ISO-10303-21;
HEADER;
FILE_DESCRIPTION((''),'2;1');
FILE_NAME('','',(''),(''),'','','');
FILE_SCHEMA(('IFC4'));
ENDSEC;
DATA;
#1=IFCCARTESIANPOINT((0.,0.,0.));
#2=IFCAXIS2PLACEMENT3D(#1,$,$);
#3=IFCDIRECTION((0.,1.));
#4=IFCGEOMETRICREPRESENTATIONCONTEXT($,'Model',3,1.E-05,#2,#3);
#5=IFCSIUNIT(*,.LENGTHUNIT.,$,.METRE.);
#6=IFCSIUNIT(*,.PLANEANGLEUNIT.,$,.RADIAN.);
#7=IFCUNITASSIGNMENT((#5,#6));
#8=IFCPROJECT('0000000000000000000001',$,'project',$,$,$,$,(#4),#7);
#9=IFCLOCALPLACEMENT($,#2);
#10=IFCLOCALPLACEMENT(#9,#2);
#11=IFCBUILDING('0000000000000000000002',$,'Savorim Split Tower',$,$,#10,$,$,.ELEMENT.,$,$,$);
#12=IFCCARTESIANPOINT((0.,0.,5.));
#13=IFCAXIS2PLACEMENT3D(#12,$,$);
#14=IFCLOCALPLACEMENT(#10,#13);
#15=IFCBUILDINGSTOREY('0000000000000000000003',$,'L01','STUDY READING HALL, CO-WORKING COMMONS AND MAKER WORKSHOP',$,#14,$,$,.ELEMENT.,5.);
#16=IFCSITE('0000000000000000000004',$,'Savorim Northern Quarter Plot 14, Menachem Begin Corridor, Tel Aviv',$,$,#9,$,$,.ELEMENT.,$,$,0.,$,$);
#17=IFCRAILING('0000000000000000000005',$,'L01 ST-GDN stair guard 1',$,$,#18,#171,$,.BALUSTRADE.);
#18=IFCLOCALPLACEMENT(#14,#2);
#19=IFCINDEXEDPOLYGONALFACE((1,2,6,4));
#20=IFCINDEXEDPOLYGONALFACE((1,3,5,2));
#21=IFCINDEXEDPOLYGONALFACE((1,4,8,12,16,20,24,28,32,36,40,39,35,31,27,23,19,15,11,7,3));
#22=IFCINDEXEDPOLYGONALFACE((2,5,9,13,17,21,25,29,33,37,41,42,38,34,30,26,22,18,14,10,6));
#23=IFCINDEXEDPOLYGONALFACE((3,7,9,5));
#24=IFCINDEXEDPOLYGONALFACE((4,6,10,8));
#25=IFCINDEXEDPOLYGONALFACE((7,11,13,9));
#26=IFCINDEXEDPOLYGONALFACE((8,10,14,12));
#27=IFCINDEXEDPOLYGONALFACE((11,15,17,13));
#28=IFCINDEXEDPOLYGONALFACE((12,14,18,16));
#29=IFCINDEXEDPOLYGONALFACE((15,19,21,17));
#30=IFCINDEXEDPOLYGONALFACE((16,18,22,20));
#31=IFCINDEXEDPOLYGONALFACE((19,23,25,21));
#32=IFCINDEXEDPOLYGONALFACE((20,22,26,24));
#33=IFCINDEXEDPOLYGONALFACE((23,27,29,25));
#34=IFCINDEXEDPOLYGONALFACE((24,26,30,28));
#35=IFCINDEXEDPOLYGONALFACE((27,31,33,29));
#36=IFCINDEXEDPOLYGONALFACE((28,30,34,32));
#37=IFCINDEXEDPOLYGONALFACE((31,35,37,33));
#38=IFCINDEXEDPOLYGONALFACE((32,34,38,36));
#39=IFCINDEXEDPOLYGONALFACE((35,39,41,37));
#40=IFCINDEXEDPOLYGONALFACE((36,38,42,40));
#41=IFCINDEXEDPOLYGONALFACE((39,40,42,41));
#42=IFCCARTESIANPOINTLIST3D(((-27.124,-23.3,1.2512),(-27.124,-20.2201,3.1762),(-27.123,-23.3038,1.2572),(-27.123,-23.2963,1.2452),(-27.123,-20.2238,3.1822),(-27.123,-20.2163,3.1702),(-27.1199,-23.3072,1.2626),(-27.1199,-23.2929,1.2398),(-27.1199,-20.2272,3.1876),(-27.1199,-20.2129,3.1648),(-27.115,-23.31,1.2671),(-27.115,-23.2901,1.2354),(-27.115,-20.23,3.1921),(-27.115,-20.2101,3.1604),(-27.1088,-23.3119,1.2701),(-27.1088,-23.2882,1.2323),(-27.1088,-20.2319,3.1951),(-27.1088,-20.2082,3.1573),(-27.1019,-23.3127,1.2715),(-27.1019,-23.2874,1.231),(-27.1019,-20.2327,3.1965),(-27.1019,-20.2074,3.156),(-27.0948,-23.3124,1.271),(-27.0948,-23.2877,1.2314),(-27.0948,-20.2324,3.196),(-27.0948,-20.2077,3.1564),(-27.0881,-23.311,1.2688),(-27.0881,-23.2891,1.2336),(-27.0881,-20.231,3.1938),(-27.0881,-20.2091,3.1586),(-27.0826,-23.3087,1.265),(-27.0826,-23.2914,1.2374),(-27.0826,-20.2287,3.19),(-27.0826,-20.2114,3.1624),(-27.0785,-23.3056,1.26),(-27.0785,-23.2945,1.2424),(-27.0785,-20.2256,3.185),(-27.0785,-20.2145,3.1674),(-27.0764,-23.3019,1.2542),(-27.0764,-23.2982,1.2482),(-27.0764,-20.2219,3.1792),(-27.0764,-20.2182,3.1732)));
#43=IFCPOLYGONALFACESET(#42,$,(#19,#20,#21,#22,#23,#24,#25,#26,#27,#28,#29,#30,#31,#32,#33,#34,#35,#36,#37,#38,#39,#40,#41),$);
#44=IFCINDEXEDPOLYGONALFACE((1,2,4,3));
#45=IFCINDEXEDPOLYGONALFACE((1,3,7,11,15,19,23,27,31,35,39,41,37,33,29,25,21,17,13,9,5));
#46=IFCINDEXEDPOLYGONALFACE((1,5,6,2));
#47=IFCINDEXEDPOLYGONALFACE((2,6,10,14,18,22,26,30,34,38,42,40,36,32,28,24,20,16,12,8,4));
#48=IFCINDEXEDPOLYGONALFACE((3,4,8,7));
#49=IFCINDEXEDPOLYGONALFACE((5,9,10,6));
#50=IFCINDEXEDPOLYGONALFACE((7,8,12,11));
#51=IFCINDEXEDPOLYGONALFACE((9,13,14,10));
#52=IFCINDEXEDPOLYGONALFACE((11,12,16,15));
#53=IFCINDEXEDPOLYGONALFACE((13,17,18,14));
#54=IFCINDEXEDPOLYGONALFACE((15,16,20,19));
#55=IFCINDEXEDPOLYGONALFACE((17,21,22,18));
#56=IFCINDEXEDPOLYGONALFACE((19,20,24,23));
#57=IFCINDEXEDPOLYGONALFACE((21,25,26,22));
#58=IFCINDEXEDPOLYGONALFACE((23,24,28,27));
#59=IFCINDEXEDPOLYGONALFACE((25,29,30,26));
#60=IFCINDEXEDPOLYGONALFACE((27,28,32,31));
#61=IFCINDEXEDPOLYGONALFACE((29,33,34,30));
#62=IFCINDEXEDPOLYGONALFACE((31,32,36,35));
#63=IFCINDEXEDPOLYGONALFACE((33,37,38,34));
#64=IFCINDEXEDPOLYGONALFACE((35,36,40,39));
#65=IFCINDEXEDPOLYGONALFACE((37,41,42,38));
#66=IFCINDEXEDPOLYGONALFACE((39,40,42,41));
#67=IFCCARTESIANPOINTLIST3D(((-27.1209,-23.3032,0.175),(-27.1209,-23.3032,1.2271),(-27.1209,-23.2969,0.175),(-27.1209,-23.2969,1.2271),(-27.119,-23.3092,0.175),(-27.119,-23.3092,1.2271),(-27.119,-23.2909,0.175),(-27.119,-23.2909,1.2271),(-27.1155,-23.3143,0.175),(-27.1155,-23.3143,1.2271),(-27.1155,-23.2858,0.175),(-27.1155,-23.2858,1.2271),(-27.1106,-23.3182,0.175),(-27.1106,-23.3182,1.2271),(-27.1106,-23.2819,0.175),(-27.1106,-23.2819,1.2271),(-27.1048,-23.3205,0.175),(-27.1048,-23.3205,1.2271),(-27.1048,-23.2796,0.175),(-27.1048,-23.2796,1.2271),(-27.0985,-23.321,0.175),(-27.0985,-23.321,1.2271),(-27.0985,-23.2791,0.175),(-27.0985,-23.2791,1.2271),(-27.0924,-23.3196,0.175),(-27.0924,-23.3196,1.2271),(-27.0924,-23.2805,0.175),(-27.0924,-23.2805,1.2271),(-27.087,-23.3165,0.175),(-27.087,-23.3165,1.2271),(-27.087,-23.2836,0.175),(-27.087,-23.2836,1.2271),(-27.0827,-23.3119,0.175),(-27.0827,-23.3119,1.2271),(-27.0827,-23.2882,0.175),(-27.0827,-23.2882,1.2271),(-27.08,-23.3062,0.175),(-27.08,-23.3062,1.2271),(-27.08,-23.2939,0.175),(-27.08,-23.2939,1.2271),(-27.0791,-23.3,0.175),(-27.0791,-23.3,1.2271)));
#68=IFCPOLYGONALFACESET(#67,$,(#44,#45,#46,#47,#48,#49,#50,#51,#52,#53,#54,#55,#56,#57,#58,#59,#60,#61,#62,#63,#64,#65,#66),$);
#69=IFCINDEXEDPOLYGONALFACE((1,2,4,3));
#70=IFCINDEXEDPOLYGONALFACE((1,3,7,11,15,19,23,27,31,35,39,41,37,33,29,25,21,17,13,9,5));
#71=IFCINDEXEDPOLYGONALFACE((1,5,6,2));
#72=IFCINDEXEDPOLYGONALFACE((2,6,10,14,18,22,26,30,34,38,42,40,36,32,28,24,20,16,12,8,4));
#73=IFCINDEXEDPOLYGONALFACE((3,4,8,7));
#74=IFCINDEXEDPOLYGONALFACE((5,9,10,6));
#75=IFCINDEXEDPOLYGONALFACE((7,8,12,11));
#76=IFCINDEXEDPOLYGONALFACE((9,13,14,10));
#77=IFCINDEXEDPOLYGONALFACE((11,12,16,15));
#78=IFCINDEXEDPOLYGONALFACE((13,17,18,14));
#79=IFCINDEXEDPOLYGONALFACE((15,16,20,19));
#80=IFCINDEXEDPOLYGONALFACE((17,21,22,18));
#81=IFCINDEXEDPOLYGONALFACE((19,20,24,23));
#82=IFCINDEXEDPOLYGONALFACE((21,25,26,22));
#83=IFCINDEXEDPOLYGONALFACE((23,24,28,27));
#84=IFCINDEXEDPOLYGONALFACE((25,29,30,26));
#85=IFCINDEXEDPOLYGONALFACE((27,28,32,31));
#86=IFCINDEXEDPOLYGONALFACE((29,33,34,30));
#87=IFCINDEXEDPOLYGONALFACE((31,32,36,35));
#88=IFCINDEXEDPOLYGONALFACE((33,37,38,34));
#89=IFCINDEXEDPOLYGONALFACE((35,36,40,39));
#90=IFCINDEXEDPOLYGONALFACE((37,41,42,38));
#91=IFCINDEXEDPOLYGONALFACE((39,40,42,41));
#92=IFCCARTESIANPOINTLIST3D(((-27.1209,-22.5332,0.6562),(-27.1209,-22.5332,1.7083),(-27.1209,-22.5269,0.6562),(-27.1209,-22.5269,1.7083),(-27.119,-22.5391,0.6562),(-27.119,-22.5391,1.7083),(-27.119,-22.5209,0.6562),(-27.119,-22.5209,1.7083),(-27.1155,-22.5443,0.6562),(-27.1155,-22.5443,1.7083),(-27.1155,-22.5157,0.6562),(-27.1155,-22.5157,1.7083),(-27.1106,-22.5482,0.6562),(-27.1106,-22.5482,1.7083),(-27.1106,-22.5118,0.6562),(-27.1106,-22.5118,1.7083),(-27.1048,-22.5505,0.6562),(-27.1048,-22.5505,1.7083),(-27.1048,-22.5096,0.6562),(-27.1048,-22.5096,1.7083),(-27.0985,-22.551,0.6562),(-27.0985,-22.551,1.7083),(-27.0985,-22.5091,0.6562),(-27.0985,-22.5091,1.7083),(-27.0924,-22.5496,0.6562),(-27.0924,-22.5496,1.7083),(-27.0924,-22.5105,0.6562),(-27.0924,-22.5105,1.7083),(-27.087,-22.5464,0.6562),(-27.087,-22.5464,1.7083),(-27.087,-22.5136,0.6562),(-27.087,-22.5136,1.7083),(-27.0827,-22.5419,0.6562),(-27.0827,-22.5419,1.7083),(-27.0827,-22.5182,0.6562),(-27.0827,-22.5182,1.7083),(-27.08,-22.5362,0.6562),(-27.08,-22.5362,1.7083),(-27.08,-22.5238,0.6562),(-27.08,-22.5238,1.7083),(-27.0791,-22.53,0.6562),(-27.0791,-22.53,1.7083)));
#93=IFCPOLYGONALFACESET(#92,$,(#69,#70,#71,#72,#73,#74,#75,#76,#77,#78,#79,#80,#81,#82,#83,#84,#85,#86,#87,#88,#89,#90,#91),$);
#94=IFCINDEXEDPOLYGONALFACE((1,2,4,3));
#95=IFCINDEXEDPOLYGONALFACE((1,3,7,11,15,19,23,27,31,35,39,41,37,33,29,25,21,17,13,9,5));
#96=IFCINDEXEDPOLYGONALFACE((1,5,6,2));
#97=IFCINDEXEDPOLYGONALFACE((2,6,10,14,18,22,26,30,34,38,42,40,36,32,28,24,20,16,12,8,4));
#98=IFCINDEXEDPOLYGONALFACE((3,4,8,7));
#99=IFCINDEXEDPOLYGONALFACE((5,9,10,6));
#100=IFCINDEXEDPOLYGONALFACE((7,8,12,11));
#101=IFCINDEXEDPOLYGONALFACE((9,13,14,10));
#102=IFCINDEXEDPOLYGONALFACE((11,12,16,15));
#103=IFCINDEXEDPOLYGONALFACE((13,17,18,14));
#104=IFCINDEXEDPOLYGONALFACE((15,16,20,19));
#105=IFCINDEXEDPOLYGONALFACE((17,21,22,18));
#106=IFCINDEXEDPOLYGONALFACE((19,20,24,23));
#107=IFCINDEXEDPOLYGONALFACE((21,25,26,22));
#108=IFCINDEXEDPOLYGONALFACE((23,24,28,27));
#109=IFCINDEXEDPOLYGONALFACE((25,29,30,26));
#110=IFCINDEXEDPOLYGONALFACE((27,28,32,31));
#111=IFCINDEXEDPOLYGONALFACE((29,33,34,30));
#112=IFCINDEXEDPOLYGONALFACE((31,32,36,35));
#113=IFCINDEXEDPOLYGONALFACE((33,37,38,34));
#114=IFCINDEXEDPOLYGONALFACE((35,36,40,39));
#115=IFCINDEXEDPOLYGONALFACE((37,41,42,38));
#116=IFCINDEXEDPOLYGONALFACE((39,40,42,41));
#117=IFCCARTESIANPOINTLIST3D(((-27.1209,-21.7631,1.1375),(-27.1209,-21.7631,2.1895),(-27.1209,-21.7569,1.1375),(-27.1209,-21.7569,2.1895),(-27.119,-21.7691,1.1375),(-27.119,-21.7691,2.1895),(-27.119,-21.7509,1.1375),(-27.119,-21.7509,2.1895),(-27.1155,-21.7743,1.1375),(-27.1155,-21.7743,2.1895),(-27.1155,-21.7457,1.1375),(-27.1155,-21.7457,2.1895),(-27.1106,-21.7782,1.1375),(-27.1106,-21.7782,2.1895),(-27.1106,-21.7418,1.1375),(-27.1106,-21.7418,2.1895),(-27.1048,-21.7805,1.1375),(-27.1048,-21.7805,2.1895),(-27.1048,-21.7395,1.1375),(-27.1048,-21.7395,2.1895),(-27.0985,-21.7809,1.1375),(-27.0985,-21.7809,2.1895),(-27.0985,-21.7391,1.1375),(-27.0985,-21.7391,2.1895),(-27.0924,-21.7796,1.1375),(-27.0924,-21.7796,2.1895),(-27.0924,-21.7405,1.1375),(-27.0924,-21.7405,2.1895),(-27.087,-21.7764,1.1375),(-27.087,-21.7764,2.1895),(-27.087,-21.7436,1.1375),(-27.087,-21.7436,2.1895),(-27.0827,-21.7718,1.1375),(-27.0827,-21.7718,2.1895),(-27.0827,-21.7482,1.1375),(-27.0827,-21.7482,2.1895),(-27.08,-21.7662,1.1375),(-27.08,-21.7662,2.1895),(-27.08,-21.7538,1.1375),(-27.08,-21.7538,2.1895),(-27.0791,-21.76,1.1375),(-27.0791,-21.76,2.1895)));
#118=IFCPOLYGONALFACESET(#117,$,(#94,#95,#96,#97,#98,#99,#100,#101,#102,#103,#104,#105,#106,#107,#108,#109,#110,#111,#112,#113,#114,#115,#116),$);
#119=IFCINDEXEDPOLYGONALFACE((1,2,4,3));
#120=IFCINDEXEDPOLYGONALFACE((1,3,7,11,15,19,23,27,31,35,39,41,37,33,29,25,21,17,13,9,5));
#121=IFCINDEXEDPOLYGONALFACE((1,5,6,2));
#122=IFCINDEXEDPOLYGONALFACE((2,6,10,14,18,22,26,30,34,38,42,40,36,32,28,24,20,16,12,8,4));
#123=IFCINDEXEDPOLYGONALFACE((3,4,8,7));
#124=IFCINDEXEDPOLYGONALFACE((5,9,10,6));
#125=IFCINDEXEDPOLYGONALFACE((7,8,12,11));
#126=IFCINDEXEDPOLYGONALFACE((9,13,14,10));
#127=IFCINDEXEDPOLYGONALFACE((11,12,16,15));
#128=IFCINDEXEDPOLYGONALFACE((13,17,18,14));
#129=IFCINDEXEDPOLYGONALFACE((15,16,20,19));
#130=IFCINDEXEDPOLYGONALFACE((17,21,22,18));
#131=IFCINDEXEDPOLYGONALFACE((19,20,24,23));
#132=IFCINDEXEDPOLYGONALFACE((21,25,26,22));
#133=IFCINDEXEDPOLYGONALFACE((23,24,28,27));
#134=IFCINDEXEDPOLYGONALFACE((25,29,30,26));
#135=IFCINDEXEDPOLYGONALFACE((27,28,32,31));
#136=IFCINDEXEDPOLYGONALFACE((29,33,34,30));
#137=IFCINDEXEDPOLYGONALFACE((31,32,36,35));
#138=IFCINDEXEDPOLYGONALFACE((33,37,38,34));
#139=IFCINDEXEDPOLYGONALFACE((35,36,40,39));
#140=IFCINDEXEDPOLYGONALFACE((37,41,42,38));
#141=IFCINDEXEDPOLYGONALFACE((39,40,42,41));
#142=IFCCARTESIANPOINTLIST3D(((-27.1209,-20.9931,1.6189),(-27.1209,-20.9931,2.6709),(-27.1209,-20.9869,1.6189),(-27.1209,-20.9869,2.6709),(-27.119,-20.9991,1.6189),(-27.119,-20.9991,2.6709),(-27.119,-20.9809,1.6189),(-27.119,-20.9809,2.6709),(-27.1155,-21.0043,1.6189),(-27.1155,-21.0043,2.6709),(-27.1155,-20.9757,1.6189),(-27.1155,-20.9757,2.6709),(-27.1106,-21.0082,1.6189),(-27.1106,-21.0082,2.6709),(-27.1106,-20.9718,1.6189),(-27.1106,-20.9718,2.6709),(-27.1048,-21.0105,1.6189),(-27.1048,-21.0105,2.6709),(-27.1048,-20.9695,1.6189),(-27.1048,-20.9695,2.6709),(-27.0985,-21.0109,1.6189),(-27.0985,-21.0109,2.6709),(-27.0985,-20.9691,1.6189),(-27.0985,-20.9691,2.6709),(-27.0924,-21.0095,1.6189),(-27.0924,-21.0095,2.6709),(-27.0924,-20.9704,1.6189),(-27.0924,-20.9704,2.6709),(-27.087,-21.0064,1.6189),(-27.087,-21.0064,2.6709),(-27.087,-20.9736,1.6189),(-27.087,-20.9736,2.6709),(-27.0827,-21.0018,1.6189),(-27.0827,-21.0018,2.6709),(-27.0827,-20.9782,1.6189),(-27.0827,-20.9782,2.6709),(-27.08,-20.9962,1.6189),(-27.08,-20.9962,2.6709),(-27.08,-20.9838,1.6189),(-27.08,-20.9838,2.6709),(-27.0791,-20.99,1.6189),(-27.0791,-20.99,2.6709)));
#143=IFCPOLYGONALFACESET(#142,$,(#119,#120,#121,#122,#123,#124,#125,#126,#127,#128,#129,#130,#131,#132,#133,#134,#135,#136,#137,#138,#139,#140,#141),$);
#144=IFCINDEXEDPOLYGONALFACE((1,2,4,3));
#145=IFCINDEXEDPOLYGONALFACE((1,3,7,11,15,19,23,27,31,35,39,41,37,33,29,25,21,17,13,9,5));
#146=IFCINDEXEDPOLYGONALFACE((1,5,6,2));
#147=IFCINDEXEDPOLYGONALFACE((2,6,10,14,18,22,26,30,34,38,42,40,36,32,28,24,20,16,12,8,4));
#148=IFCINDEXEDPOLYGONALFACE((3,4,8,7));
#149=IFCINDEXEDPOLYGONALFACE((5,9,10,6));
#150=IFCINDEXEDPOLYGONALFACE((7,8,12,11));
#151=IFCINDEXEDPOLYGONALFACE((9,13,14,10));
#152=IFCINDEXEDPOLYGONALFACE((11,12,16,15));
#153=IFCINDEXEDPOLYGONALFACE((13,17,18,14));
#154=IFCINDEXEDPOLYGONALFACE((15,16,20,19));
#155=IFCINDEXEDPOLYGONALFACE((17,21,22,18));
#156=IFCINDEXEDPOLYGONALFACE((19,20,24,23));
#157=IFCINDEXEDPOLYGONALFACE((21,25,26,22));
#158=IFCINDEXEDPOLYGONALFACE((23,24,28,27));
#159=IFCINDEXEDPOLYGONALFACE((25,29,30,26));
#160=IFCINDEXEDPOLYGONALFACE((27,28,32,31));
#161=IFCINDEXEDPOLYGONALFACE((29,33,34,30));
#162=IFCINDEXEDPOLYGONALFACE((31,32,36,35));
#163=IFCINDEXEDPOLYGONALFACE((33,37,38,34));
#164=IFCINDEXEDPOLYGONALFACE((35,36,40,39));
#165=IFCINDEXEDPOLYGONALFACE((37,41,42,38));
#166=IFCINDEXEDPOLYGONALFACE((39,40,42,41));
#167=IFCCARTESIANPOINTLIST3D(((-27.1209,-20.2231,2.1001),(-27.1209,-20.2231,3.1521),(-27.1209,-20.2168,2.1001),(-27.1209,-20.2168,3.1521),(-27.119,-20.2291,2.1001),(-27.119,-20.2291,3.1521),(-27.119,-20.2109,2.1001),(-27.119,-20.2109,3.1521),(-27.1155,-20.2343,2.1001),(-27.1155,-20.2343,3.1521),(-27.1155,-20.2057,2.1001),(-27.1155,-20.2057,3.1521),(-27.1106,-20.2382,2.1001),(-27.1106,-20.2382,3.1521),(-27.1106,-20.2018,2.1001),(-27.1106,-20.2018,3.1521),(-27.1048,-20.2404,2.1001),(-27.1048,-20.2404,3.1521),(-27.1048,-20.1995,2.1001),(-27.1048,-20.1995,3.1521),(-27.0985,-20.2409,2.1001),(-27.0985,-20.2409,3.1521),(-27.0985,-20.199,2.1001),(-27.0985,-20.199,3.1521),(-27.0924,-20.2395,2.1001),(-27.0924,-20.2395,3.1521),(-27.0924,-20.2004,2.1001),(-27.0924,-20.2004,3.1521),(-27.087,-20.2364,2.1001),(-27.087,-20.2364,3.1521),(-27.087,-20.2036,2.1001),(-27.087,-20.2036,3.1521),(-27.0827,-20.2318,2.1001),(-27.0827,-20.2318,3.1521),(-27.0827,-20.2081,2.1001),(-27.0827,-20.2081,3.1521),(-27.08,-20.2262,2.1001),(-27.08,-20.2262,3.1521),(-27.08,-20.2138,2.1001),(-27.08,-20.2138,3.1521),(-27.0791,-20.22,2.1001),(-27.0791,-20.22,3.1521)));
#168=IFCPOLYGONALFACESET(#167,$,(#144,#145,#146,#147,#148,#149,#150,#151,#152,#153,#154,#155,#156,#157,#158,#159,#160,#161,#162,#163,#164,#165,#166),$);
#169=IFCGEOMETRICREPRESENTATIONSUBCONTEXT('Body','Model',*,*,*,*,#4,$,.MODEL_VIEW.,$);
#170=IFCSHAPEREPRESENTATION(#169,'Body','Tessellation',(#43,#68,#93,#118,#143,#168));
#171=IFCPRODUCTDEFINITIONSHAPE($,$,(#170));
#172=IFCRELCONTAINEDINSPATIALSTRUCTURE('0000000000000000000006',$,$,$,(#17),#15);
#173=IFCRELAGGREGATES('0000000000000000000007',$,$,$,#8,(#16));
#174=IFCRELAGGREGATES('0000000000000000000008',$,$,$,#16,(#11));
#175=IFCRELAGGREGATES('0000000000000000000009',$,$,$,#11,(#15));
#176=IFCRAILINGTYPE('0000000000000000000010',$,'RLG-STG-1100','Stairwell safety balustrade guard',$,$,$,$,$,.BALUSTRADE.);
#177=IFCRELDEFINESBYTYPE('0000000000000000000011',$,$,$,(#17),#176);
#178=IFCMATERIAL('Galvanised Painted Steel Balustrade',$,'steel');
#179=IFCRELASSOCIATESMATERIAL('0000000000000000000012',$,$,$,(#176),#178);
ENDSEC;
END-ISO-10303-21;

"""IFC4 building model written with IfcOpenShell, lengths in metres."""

from ifc_helpers import new_model, si_unit, direction, frame, origin, origin_2d, place, context, subcontext, project, spatial, circle, extrude, material, type_object, element, save


model = new_model("IFC4")

# Units and contexts
model_context = context("Model", 3, precision=1e-05, world=origin(), true_north=direction((0.0, 1.0)))
body_context = subcontext(model_context, "Body", "Model", "MODEL_VIEW")
ifc_project = project(units=[si_unit("LENGTHUNIT", "METRE"), si_unit("PLANEANGLEUNIT", "RADIAN")], contexts=[model_context])

# Site, building, storey
site_placement = place(None, origin())
site = spatial("IfcSite", under=ifc_project, at=site_placement, Name="Savorim Northern Quarter Plot 14, Menachem Begin Corridor, Tel Aviv", CompositionType="ELEMENT", RefElevation=0.0)
building_placement = place(site_placement, origin())
building = spatial("IfcBuilding", under=site, at=building_placement, Name="Savorim Split Tower", CompositionType="ELEMENT")
storey_placement = place(building_placement, frame((0.0, 0.0, 5.0)))
storey = spatial("IfcBuildingStorey", under=building, at=storey_placement, Name="L01", Description="STUDY READING HALL, CO-WORKING COMMONS AND MAKER WORKSHOP", CompositionType="ELEMENT", Elevation=5.0)

# Railing
ifc_material_1 = material(Name="Galvanised Painted Steel Balustrade", Category="steel")
railing_type_1 = type_object("IfcRailingType", Name="RLG-STG-1100", Description="Stairwell safety balustrade guard", PredefinedType="BALUSTRADE", material=ifc_material_1)
railing_1_placement = place(storey_placement, frame((-27.1001, -23.3, 0.175)))
element("IfcRailing", 1, at=railing_1_placement, inside=storey, type_object=railing_type_1, Name="L01 ST-GDN stair guard 1", PredefinedType="BALUSTRADE", context=body_context, shape_type="SweptSolid", body=[
    extrude(circle(Radius=0.0239, at=origin_2d()), frame((0.0, 0.0, 1.0762), z_axis=(0.0, 0.847998, 0.529999), x_axis=(-1.0, 0.0, 0.0)), (0.0, 0.0, 1.0), 3.6321),
    extrude(circle(Radius=0.021, at=origin_2d()), origin(), (0.0, 0.0, 1.0), 1.052),
    extrude(circle(Radius=0.021, at=origin_2d()), frame((0.0, 0.77, 0.4812)), (0.0, 0.0, 1.0), 1.052),
    extrude(circle(Radius=0.021, at=origin_2d()), frame((0.0, 1.54, 0.9624)), (0.0, 0.0, 1.0), 1.052),
    extrude(circle(Radius=0.021, at=origin_2d()), frame((0.0, 2.3101, 1.4438)), (0.0, 0.0, 1.0), 1.052),
    extrude(circle(Radius=0.021, at=origin_2d()), frame((0.0, 3.0801, 1.925)), (0.0, 0.0, 1.0), 1.052),
])

save(model, "model.ifc")
